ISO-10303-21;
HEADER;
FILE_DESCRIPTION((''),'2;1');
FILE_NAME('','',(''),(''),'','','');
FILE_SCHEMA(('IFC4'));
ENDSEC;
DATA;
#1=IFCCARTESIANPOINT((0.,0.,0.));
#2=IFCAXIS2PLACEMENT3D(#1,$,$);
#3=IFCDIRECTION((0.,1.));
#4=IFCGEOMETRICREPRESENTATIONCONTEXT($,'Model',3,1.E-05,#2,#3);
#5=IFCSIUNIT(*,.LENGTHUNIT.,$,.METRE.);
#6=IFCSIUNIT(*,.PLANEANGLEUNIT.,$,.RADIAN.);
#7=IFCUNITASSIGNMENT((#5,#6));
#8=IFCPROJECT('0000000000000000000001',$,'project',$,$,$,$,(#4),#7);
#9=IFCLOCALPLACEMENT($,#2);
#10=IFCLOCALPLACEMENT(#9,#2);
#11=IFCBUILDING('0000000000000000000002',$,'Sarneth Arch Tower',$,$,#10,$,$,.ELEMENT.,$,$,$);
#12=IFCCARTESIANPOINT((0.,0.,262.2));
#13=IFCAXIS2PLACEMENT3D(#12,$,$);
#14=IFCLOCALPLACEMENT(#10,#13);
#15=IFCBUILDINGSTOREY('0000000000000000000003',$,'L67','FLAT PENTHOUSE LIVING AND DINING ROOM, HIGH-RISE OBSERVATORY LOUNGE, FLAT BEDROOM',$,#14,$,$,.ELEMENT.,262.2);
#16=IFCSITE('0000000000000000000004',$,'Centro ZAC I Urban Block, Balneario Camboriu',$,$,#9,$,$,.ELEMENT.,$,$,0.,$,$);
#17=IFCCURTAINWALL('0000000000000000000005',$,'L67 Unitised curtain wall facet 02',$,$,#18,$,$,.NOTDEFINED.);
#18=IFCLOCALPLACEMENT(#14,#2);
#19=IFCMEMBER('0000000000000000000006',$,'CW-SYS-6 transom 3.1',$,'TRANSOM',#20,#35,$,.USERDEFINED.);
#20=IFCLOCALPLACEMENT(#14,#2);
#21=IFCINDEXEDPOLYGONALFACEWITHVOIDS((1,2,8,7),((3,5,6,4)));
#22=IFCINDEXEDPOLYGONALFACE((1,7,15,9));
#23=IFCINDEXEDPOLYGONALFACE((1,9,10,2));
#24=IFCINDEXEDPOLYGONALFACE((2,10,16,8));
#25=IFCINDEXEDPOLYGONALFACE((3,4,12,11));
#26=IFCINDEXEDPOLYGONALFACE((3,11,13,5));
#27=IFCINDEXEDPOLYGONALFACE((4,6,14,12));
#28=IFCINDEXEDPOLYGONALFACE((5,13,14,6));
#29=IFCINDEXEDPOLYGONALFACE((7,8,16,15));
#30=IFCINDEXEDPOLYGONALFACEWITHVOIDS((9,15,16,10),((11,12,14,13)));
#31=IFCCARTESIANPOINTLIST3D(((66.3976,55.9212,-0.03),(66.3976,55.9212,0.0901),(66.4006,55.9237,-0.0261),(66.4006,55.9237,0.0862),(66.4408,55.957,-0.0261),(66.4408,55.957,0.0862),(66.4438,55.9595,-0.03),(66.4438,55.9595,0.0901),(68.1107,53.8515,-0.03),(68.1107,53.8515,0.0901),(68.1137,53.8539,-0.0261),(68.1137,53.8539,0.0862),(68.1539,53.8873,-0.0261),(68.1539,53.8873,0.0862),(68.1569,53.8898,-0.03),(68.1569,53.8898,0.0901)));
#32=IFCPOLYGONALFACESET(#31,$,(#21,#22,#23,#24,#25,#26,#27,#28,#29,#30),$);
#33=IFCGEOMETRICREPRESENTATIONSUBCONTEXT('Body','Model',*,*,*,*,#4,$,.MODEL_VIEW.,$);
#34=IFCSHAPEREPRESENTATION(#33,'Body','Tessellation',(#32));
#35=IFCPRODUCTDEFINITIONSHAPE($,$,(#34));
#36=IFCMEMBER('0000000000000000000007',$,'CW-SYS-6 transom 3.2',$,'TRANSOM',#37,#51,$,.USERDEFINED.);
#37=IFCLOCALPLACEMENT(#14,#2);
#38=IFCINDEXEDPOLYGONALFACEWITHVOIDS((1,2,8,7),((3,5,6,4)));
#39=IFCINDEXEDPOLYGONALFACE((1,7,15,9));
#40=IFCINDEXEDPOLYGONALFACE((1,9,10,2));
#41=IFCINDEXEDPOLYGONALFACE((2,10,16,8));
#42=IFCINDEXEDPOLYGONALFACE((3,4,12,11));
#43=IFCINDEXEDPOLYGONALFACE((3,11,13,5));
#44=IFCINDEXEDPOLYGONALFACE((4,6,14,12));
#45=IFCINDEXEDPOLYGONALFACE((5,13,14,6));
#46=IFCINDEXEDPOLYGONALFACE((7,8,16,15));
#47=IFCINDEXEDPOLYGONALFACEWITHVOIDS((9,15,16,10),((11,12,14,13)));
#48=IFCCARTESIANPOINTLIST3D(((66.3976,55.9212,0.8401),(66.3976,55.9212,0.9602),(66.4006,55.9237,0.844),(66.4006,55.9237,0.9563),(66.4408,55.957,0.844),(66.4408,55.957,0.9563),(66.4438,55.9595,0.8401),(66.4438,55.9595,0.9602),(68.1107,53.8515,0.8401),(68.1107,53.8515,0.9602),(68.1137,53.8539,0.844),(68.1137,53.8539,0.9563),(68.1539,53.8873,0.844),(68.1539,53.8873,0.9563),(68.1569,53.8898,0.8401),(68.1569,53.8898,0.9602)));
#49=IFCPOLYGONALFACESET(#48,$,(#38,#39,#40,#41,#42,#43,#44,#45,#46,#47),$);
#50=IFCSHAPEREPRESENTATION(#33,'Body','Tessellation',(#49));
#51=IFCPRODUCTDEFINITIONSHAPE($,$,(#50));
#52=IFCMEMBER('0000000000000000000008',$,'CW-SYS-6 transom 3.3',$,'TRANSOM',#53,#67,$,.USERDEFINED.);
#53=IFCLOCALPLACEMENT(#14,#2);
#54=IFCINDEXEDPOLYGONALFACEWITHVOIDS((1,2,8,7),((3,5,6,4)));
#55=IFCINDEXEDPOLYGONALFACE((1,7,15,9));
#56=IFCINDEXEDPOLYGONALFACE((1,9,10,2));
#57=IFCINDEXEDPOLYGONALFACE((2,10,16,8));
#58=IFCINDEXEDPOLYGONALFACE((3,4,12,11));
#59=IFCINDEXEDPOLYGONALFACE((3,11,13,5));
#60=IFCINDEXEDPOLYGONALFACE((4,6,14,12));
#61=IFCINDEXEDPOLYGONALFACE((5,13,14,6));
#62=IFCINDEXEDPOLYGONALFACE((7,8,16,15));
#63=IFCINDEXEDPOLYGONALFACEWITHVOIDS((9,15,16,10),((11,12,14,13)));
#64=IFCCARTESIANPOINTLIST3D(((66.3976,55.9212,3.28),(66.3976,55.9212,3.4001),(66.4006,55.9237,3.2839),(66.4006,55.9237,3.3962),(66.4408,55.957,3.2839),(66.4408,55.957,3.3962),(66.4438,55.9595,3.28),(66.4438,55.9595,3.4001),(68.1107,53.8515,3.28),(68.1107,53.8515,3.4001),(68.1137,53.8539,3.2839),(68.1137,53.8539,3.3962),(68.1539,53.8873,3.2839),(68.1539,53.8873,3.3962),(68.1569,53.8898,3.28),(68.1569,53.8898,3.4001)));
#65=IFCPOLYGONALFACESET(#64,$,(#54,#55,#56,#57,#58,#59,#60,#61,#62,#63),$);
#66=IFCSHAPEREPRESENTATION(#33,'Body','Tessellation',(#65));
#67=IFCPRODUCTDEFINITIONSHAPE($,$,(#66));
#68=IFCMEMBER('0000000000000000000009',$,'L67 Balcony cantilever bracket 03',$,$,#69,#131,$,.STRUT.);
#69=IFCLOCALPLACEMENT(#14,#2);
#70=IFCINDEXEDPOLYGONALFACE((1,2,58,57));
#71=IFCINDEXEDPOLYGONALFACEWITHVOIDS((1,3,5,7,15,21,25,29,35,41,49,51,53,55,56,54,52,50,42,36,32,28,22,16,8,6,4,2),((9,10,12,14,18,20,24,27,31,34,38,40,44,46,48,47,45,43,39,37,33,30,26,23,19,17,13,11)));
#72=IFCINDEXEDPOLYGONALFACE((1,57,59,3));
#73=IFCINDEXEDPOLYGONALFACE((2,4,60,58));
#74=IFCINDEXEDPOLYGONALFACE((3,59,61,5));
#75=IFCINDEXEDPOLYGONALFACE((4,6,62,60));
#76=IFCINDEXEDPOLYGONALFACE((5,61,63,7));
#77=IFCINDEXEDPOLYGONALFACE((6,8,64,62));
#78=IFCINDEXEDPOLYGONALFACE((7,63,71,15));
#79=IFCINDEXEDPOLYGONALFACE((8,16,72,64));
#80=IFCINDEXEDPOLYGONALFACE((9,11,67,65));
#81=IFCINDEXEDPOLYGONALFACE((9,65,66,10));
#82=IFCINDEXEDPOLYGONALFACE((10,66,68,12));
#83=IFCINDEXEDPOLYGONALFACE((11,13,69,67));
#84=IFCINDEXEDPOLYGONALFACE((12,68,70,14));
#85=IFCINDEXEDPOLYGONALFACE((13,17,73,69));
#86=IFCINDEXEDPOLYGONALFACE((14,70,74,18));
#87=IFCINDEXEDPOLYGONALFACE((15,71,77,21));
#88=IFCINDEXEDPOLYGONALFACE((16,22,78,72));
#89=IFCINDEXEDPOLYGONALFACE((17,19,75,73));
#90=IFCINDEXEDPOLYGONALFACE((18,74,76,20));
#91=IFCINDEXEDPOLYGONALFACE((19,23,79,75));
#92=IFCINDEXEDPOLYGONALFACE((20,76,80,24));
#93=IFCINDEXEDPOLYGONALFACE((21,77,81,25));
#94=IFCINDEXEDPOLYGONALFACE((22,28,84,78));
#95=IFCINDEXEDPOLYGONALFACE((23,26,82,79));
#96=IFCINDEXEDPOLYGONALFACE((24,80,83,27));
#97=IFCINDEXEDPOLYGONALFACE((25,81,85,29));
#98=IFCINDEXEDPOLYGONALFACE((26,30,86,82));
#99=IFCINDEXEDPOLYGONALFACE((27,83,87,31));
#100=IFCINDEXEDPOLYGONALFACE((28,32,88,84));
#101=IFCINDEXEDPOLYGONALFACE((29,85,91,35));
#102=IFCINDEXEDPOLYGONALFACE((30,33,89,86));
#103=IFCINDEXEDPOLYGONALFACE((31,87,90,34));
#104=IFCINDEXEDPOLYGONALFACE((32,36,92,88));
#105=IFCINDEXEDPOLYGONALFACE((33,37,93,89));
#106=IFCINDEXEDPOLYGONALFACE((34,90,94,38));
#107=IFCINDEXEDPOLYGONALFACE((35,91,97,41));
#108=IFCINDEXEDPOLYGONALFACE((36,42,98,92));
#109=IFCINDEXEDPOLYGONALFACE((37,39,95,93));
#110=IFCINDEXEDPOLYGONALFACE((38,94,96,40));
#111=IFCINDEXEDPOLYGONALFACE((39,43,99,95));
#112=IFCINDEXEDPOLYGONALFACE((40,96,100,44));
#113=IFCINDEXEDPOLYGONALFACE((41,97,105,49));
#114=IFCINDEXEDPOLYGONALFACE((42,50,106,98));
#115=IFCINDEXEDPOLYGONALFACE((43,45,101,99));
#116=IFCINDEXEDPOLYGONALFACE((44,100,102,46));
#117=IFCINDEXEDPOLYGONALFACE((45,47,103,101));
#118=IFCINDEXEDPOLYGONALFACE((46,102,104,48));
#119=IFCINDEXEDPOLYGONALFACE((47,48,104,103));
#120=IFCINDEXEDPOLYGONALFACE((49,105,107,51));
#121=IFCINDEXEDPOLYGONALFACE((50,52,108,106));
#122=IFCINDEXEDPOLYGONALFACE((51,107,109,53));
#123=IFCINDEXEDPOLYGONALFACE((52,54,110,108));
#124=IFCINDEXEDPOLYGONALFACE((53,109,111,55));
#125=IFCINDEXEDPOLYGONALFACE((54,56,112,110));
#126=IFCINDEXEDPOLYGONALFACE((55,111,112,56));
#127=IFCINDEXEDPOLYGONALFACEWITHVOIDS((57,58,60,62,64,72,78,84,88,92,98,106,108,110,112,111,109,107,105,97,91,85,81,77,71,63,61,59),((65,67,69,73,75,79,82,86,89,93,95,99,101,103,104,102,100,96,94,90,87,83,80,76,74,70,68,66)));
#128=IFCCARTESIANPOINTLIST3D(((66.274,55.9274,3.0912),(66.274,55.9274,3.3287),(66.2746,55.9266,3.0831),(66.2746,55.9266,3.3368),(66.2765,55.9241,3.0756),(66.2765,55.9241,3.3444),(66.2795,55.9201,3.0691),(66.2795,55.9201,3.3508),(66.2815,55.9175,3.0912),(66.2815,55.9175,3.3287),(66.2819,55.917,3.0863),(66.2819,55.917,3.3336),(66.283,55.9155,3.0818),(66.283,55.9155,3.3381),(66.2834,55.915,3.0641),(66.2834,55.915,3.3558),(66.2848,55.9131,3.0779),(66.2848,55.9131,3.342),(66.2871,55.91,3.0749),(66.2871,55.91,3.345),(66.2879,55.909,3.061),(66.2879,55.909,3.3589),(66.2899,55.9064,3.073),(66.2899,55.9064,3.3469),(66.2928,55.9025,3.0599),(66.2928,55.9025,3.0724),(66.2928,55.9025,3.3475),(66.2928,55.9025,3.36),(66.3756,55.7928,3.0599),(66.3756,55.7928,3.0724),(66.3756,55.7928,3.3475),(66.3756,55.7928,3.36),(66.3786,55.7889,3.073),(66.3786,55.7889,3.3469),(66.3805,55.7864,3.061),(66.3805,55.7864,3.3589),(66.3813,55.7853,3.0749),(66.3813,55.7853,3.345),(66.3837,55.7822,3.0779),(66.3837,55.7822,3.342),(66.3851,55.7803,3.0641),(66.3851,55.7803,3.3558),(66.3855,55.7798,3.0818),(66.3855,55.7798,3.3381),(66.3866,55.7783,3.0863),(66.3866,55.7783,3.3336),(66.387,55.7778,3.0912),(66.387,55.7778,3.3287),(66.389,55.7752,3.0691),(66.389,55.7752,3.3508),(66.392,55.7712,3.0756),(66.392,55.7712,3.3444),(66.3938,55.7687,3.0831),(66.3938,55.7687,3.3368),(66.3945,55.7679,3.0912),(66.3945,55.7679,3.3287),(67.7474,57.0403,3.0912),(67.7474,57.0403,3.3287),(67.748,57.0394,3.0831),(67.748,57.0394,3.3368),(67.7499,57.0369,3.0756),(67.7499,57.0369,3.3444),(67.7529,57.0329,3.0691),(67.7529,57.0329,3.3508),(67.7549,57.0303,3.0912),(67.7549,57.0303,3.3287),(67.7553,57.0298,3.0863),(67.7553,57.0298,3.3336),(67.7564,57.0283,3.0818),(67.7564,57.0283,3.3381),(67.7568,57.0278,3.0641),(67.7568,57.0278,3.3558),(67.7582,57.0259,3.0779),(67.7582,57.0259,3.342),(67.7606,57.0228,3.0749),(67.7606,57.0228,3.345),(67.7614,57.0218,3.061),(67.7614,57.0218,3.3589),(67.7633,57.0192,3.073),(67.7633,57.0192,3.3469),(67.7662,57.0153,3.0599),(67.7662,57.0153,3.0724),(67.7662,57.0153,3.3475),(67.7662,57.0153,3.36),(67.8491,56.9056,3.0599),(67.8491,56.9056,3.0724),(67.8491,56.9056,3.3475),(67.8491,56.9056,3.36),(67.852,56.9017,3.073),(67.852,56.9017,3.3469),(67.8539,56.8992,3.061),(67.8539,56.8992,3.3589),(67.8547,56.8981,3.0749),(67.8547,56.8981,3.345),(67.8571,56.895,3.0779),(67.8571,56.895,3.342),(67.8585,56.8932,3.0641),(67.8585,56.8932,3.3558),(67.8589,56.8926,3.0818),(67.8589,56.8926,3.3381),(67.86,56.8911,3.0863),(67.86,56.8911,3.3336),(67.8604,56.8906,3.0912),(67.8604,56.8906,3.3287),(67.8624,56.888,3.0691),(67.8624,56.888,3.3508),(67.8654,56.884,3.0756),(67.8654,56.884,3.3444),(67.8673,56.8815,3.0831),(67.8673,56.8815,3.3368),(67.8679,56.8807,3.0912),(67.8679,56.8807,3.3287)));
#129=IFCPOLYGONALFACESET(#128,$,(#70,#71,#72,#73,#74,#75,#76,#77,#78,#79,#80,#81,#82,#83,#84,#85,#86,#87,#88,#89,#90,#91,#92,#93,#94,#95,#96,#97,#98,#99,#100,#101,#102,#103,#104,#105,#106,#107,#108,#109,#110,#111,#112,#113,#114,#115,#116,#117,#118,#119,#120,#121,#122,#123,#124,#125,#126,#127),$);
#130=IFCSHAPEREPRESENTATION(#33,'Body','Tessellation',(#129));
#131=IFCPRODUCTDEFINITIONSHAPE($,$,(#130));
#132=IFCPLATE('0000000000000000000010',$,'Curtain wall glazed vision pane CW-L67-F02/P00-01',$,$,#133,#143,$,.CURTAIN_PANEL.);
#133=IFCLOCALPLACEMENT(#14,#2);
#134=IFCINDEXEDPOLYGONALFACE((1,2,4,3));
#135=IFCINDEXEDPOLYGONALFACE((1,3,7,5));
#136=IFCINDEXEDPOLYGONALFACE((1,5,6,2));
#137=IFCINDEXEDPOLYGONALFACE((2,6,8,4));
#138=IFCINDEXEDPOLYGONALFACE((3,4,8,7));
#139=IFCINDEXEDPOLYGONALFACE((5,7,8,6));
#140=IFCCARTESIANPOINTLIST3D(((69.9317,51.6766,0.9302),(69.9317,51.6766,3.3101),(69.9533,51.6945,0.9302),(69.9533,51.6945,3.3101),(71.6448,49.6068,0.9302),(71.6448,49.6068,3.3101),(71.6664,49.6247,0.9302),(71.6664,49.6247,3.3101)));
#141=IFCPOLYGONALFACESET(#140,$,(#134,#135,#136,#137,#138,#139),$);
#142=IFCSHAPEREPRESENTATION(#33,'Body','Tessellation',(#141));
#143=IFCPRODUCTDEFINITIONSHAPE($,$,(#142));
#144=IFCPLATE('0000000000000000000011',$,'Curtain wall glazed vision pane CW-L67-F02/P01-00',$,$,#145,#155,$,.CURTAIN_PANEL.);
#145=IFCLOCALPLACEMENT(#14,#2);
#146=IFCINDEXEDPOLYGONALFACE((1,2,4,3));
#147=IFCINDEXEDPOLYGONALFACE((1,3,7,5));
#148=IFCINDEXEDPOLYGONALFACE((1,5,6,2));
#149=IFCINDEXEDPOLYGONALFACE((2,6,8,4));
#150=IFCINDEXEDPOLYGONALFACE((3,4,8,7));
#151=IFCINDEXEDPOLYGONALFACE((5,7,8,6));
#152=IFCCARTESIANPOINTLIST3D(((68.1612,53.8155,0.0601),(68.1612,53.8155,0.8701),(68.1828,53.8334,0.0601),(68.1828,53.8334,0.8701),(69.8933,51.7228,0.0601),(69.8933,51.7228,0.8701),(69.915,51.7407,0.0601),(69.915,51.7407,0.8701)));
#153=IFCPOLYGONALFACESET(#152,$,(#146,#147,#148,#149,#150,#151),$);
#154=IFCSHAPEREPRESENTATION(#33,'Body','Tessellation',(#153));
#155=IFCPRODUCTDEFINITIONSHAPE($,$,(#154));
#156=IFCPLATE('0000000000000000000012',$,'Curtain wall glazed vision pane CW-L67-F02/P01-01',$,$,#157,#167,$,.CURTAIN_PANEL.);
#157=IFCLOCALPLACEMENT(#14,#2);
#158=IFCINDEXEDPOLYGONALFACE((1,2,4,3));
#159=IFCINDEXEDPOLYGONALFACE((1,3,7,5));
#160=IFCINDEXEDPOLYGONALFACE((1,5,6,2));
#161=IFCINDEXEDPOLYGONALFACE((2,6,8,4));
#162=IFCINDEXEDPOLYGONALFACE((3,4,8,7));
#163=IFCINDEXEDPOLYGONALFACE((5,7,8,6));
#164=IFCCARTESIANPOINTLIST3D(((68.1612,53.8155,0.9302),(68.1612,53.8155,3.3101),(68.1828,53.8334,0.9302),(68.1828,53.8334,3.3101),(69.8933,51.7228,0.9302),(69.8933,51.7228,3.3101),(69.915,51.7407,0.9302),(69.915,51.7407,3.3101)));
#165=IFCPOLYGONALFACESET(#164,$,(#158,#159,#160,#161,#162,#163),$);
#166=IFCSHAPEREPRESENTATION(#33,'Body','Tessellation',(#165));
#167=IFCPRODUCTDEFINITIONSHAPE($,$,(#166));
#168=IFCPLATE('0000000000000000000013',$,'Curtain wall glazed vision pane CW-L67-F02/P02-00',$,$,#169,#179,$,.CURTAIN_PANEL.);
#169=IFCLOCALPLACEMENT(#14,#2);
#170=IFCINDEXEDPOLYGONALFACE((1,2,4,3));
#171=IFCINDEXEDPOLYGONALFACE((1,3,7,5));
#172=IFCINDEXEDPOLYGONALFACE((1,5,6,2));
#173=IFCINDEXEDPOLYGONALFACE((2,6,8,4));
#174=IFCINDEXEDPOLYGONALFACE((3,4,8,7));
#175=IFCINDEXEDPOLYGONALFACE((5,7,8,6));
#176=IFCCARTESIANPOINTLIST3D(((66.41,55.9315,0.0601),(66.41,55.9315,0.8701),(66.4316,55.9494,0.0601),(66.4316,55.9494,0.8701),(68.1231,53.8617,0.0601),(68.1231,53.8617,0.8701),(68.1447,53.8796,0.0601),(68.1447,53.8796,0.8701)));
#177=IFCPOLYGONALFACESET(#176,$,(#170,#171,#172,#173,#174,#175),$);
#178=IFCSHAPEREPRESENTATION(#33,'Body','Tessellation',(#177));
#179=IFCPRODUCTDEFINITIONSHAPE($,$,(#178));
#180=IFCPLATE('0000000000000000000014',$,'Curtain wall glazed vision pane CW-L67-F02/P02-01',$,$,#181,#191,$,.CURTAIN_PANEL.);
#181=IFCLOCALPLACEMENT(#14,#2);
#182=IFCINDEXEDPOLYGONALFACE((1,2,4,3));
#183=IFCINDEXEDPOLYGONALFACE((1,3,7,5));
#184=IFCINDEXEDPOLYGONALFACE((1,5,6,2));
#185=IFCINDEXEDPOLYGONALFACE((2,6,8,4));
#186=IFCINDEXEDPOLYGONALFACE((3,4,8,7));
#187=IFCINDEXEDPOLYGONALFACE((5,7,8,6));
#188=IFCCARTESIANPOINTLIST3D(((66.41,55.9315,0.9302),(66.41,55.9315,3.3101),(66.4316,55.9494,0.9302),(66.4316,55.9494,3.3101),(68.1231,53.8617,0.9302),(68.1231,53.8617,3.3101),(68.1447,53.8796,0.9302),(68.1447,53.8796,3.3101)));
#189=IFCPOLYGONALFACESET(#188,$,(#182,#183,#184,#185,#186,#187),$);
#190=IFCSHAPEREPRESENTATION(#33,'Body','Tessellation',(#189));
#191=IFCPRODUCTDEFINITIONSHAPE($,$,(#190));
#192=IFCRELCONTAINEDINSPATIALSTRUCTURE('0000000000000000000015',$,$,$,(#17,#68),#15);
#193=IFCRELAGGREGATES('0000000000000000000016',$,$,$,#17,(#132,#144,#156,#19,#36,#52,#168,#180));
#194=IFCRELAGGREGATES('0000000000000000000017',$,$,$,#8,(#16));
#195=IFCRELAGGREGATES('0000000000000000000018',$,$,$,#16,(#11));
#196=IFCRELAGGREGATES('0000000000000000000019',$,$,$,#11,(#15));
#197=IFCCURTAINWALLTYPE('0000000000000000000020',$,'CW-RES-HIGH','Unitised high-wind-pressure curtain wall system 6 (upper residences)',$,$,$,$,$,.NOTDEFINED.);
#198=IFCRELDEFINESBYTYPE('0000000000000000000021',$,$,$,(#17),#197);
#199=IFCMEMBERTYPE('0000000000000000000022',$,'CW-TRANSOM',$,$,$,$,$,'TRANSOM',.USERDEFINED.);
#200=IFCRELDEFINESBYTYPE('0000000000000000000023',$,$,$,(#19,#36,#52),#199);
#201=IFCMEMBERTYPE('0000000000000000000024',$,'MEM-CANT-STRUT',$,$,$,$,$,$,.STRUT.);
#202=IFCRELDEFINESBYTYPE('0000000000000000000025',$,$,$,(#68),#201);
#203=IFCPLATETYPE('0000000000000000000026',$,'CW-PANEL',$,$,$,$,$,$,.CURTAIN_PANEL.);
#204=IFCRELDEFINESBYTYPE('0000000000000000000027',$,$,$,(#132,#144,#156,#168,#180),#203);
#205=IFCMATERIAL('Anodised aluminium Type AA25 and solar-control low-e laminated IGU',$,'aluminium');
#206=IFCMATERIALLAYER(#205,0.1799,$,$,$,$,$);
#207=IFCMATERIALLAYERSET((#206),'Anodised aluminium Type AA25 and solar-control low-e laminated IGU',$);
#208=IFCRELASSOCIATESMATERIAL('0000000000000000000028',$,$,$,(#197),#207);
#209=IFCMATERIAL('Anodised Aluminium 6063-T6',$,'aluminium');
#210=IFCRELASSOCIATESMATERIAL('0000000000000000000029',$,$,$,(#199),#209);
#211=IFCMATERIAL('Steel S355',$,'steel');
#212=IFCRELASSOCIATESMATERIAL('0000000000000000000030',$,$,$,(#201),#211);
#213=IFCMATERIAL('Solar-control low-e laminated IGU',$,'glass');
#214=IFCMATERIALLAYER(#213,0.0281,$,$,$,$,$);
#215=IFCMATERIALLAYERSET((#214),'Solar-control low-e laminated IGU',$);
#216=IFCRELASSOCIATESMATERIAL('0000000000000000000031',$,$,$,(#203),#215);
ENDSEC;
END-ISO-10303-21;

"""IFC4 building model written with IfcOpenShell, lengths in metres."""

from ifc_helpers import new_model, si_unit, direction, frame, origin, origin_2d, place, context, subcontext, project, spatial, rectangle, hollow_rectangle, extrude, material, layer, layer_set, material_profile, profile_set, type_object, element, aggregate, save


model = new_model("IFC4")

# Units and contexts
model_context = context("Model", 3, precision=1e-05, world=origin(), true_north=direction((0.0, 1.0)))
body_context = subcontext(model_context, "Body", "Model", "MODEL_VIEW")
ifc_project = project(units=[si_unit("LENGTHUNIT", "METRE"), si_unit("PLANEANGLEUNIT", "RADIAN")], contexts=[model_context])

# Site, building, storey
site_placement = place(None, origin())
site = spatial("IfcSite", under=ifc_project, at=site_placement, Name="Centro ZAC I Urban Block, Balneario Camboriu", CompositionType="ELEMENT", RefElevation=0.0)
building_placement = place(site_placement, origin())
building = spatial("IfcBuilding", under=site, at=building_placement, Name="Sarneth Arch Tower", CompositionType="ELEMENT")
storey_placement = place(building_placement, frame((0.0, 0.0, 262.2)))
storey = spatial("IfcBuildingStorey", under=building, at=storey_placement, Name="L67", Description="FLAT PENTHOUSE LIVING AND DINING ROOM, HIGH-RISE OBSERVATORY LOUNGE, FLAT BEDROOM", CompositionType="ELEMENT", Elevation=262.2)

# Curtain wall, members
ifc_material_1 = material(Name="Anodised aluminium Type AA25 and solar-control low-e laminated IGU", Category="aluminium")
ifc_layer_1 = layer(ifc_material_1, 0.1799)
ifc_layer_set_1 = layer_set([ifc_layer_1], Name="Anodised aluminium Type AA25 and solar-control low-e laminated IGU")
curtain_wall_type = type_object("IfcCurtainWallType", Name="CW-RES-HIGH", Description="Unitised high-wind-pressure curtain wall system 6 (upper residences)", PredefinedType="NOTDEFINED", material=ifc_layer_set_1)
curtain_wall_placement = place(storey_placement, origin())
curtain_wall = element("IfcCurtainWall", 1, at=curtain_wall_placement, inside=storey, type_object=curtain_wall_type, Name="L67 Unitised curtain wall facet 02", PredefinedType="NOTDEFINED")
ifc_material_2 = material(Name="Anodised Aluminium 6063-T6", Category="aluminium")
ifc_material_profile_1 = material_profile(ifc_material_2, hollow_rectangle(XDim=0.0601, YDim=0.1201, WallThickness=0.0039, at=origin_2d()), Name="AL-TRAN-120x60x4")
ifc_profile_set_1 = profile_set([ifc_material_profile_1], Name="Anodised Aluminium 6063-T6")
member_type_1 = type_object("IfcMemberType", Name="CW-TRANSOM", ElementType="TRANSOM", PredefinedType="USERDEFINED", material=ifc_profile_set_1)
member_1_placement = place(storey_placement, frame((68.1338, 53.8706, 0.03), z_axis=(-0.637607, 0.770362, 0.0), x_axis=(-0.770362, -0.637607, 0.0)))
member_1 = element("IfcMember", 2, at=member_1_placement, type_object=member_type_1, Name="CW-SYS-6 transom 3.1", ObjectType="TRANSOM", PredefinedType="USERDEFINED", context=body_context, shape_type="SweptSolid", body=[
    extrude(hollow_rectangle(XDim=0.0601, YDim=0.1201, WallThickness=0.0039, at=origin_2d()), origin(), (0.0, 0.0, 1.0), 2.6868),
])
member_2_placement = place(storey_placement, frame((68.1338, 53.8706, 0.9001), z_axis=(-0.637607, 0.770362, 0.0), x_axis=(-0.770362, -0.637607, 0.0)))
member_2 = element("IfcMember", 3, at=member_2_placement, type_object=member_type_1, Name="CW-SYS-6 transom 3.2", ObjectType="TRANSOM", PredefinedType="USERDEFINED", context=body_context, shape_type="SweptSolid", body=[
    extrude(hollow_rectangle(XDim=0.0601, YDim=0.1201, WallThickness=0.0039, at=origin_2d()), origin(), (0.0, 0.0, 1.0), 2.6868),
])
member_3_placement = place(storey_placement, frame((68.1338, 53.8706, 3.3401), z_axis=(-0.637607, 0.770362, 0.0), x_axis=(-0.770362, -0.637607, 0.0)))
member_3 = element("IfcMember", 4, at=member_3_placement, type_object=member_type_1, Name="CW-SYS-6 transom 3.3", ObjectType="TRANSOM", PredefinedType="USERDEFINED", context=body_context, shape_type="SweptSolid", body=[
    extrude(hollow_rectangle(XDim=0.0601, YDim=0.1201, WallThickness=0.0039, at=origin_2d()), origin(), (0.0, 0.0, 1.0), 2.6868),
])

# Member
ifc_material_3 = material(Name="Steel S355", Category="steel")
ifc_material_profile_2 = material_profile(ifc_material_3, hollow_rectangle(XDim=0.2, YDim=0.3, WallThickness=0.0125, InnerFilletRadius=0.0188, OuterFilletRadius=0.0312, at=origin_2d()), Name="RHS300x200x12.5")
ifc_profile_set_2 = profile_set([ifc_material_profile_2], Name="Steel S355")
member_type_2 = type_object("IfcMemberType", Name="MEM-CANT-STRUT", PredefinedType="STRUT", material=ifc_profile_set_2)
member_4_placement = place(storey_placement, frame((66.3342, 55.8477, 3.21), z_axis=(0.79798, 0.602683, 0.0), x_axis=(-0.602683, 0.79798, 0.0)))
element("IfcMember", 5, at=member_4_placement, inside=storey, type_object=member_type_2, Name="L67 Balcony cantilever bracket 03", PredefinedType="STRUT", context=body_context, shape_type="SweptSolid", body=[
    extrude(hollow_rectangle(XDim=0.2, YDim=0.3, WallThickness=0.0125, InnerFilletRadius=0.0188, OuterFilletRadius=0.0312, at=origin_2d()), origin(), (0.0, 0.0, 1.0), 1.8464),
])

# Plates
ifc_material_4 = material(Name="Solar-control low-e laminated IGU", Category="glass")
ifc_layer_2 = layer(ifc_material_4, 0.0281)
ifc_layer_set_2 = layer_set([ifc_layer_2], Name="Solar-control low-e laminated IGU")
plate_type_1 = type_object("IfcPlateType", Name="CW-PANEL", PredefinedType="CURTAIN_PANEL", material=ifc_layer_set_2)
plate_1_placement = place(storey_placement, frame((70.7991, 50.6506, 0.9302), z_axis=(0.0, 0.0, 1.0), x_axis=(-0.63761, 0.770359, 0.0)))
plate_1 = element("IfcPlate", 6, at=plate_1_placement, type_object=plate_type_1, Name="Curtain wall glazed vision pane CW-L67-F02/P00-01", PredefinedType="CURTAIN_PANEL", context=body_context, shape_type="SweptSolid", body=[
    extrude(rectangle(XDim=2.6868, YDim=0.0281, at=origin_2d()), origin(), (0.0, 0.0, 1.0), 2.3799),
])
plate_2_placement = place(storey_placement, frame((69.0381, 52.7781, 0.0601), z_axis=(0.0, 0.0, 1.0), x_axis=(-0.63761, 0.770359, 0.0)))
plate_2 = element("IfcPlate", 7, at=plate_2_placement, type_object=plate_type_1, Name="Curtain wall glazed vision pane CW-L67-F02/P01-00", PredefinedType="CURTAIN_PANEL", context=body_context, shape_type="SweptSolid", body=[
    extrude(rectangle(XDim=2.7166, YDim=0.0281, at=origin_2d()), origin(), (0.0, 0.0, 1.0), 0.8101),
])
plate_3_placement = place(storey_placement, frame((69.0381, 52.7781, 0.9302), z_axis=(0.0, 0.0, 1.0), x_axis=(-0.63761, 0.770359, 0.0)))
plate_3 = element("IfcPlate", 8, at=plate_3_placement, type_object=plate_type_1, Name="Curtain wall glazed vision pane CW-L67-F02/P01-01", PredefinedType="CURTAIN_PANEL", context=body_context, shape_type="SweptSolid", body=[
    extrude(rectangle(XDim=2.7166, YDim=0.0281, at=origin_2d()), origin(), (0.0, 0.0, 1.0), 2.3799),
])
plate_4_placement = place(storey_placement, frame((67.2773, 54.9055, 0.0601), z_axis=(0.0, 0.0, 1.0), x_axis=(-0.63761, 0.770359, 0.0)))
plate_4 = element("IfcPlate", 9, at=plate_4_placement, type_object=plate_type_1, Name="Curtain wall glazed vision pane CW-L67-F02/P02-00", PredefinedType="CURTAIN_PANEL", context=body_context, shape_type="SweptSolid", body=[
    extrude(rectangle(XDim=2.6868, YDim=0.0281, at=origin_2d()), origin(), (0.0, 0.0, 1.0), 0.8101),
])
plate_5_placement = place(storey_placement, frame((67.2773, 54.9055, 0.9302), z_axis=(0.0, 0.0, 1.0), x_axis=(-0.63761, 0.770359, 0.0)))
plate_5 = element("IfcPlate", 10, at=plate_5_placement, type_object=plate_type_1, Name="Curtain wall glazed vision pane CW-L67-F02/P02-01", PredefinedType="CURTAIN_PANEL", context=body_context, shape_type="SweptSolid", body=[
    extrude(rectangle(XDim=2.6868, YDim=0.0281, at=origin_2d()), origin(), (0.0, 0.0, 1.0), 2.3799),
])
aggregate(curtain_wall, [plate_1, plate_2, plate_3, member_1, member_2, member_3, plate_4, plate_5])

save(model, "model.ifc")
